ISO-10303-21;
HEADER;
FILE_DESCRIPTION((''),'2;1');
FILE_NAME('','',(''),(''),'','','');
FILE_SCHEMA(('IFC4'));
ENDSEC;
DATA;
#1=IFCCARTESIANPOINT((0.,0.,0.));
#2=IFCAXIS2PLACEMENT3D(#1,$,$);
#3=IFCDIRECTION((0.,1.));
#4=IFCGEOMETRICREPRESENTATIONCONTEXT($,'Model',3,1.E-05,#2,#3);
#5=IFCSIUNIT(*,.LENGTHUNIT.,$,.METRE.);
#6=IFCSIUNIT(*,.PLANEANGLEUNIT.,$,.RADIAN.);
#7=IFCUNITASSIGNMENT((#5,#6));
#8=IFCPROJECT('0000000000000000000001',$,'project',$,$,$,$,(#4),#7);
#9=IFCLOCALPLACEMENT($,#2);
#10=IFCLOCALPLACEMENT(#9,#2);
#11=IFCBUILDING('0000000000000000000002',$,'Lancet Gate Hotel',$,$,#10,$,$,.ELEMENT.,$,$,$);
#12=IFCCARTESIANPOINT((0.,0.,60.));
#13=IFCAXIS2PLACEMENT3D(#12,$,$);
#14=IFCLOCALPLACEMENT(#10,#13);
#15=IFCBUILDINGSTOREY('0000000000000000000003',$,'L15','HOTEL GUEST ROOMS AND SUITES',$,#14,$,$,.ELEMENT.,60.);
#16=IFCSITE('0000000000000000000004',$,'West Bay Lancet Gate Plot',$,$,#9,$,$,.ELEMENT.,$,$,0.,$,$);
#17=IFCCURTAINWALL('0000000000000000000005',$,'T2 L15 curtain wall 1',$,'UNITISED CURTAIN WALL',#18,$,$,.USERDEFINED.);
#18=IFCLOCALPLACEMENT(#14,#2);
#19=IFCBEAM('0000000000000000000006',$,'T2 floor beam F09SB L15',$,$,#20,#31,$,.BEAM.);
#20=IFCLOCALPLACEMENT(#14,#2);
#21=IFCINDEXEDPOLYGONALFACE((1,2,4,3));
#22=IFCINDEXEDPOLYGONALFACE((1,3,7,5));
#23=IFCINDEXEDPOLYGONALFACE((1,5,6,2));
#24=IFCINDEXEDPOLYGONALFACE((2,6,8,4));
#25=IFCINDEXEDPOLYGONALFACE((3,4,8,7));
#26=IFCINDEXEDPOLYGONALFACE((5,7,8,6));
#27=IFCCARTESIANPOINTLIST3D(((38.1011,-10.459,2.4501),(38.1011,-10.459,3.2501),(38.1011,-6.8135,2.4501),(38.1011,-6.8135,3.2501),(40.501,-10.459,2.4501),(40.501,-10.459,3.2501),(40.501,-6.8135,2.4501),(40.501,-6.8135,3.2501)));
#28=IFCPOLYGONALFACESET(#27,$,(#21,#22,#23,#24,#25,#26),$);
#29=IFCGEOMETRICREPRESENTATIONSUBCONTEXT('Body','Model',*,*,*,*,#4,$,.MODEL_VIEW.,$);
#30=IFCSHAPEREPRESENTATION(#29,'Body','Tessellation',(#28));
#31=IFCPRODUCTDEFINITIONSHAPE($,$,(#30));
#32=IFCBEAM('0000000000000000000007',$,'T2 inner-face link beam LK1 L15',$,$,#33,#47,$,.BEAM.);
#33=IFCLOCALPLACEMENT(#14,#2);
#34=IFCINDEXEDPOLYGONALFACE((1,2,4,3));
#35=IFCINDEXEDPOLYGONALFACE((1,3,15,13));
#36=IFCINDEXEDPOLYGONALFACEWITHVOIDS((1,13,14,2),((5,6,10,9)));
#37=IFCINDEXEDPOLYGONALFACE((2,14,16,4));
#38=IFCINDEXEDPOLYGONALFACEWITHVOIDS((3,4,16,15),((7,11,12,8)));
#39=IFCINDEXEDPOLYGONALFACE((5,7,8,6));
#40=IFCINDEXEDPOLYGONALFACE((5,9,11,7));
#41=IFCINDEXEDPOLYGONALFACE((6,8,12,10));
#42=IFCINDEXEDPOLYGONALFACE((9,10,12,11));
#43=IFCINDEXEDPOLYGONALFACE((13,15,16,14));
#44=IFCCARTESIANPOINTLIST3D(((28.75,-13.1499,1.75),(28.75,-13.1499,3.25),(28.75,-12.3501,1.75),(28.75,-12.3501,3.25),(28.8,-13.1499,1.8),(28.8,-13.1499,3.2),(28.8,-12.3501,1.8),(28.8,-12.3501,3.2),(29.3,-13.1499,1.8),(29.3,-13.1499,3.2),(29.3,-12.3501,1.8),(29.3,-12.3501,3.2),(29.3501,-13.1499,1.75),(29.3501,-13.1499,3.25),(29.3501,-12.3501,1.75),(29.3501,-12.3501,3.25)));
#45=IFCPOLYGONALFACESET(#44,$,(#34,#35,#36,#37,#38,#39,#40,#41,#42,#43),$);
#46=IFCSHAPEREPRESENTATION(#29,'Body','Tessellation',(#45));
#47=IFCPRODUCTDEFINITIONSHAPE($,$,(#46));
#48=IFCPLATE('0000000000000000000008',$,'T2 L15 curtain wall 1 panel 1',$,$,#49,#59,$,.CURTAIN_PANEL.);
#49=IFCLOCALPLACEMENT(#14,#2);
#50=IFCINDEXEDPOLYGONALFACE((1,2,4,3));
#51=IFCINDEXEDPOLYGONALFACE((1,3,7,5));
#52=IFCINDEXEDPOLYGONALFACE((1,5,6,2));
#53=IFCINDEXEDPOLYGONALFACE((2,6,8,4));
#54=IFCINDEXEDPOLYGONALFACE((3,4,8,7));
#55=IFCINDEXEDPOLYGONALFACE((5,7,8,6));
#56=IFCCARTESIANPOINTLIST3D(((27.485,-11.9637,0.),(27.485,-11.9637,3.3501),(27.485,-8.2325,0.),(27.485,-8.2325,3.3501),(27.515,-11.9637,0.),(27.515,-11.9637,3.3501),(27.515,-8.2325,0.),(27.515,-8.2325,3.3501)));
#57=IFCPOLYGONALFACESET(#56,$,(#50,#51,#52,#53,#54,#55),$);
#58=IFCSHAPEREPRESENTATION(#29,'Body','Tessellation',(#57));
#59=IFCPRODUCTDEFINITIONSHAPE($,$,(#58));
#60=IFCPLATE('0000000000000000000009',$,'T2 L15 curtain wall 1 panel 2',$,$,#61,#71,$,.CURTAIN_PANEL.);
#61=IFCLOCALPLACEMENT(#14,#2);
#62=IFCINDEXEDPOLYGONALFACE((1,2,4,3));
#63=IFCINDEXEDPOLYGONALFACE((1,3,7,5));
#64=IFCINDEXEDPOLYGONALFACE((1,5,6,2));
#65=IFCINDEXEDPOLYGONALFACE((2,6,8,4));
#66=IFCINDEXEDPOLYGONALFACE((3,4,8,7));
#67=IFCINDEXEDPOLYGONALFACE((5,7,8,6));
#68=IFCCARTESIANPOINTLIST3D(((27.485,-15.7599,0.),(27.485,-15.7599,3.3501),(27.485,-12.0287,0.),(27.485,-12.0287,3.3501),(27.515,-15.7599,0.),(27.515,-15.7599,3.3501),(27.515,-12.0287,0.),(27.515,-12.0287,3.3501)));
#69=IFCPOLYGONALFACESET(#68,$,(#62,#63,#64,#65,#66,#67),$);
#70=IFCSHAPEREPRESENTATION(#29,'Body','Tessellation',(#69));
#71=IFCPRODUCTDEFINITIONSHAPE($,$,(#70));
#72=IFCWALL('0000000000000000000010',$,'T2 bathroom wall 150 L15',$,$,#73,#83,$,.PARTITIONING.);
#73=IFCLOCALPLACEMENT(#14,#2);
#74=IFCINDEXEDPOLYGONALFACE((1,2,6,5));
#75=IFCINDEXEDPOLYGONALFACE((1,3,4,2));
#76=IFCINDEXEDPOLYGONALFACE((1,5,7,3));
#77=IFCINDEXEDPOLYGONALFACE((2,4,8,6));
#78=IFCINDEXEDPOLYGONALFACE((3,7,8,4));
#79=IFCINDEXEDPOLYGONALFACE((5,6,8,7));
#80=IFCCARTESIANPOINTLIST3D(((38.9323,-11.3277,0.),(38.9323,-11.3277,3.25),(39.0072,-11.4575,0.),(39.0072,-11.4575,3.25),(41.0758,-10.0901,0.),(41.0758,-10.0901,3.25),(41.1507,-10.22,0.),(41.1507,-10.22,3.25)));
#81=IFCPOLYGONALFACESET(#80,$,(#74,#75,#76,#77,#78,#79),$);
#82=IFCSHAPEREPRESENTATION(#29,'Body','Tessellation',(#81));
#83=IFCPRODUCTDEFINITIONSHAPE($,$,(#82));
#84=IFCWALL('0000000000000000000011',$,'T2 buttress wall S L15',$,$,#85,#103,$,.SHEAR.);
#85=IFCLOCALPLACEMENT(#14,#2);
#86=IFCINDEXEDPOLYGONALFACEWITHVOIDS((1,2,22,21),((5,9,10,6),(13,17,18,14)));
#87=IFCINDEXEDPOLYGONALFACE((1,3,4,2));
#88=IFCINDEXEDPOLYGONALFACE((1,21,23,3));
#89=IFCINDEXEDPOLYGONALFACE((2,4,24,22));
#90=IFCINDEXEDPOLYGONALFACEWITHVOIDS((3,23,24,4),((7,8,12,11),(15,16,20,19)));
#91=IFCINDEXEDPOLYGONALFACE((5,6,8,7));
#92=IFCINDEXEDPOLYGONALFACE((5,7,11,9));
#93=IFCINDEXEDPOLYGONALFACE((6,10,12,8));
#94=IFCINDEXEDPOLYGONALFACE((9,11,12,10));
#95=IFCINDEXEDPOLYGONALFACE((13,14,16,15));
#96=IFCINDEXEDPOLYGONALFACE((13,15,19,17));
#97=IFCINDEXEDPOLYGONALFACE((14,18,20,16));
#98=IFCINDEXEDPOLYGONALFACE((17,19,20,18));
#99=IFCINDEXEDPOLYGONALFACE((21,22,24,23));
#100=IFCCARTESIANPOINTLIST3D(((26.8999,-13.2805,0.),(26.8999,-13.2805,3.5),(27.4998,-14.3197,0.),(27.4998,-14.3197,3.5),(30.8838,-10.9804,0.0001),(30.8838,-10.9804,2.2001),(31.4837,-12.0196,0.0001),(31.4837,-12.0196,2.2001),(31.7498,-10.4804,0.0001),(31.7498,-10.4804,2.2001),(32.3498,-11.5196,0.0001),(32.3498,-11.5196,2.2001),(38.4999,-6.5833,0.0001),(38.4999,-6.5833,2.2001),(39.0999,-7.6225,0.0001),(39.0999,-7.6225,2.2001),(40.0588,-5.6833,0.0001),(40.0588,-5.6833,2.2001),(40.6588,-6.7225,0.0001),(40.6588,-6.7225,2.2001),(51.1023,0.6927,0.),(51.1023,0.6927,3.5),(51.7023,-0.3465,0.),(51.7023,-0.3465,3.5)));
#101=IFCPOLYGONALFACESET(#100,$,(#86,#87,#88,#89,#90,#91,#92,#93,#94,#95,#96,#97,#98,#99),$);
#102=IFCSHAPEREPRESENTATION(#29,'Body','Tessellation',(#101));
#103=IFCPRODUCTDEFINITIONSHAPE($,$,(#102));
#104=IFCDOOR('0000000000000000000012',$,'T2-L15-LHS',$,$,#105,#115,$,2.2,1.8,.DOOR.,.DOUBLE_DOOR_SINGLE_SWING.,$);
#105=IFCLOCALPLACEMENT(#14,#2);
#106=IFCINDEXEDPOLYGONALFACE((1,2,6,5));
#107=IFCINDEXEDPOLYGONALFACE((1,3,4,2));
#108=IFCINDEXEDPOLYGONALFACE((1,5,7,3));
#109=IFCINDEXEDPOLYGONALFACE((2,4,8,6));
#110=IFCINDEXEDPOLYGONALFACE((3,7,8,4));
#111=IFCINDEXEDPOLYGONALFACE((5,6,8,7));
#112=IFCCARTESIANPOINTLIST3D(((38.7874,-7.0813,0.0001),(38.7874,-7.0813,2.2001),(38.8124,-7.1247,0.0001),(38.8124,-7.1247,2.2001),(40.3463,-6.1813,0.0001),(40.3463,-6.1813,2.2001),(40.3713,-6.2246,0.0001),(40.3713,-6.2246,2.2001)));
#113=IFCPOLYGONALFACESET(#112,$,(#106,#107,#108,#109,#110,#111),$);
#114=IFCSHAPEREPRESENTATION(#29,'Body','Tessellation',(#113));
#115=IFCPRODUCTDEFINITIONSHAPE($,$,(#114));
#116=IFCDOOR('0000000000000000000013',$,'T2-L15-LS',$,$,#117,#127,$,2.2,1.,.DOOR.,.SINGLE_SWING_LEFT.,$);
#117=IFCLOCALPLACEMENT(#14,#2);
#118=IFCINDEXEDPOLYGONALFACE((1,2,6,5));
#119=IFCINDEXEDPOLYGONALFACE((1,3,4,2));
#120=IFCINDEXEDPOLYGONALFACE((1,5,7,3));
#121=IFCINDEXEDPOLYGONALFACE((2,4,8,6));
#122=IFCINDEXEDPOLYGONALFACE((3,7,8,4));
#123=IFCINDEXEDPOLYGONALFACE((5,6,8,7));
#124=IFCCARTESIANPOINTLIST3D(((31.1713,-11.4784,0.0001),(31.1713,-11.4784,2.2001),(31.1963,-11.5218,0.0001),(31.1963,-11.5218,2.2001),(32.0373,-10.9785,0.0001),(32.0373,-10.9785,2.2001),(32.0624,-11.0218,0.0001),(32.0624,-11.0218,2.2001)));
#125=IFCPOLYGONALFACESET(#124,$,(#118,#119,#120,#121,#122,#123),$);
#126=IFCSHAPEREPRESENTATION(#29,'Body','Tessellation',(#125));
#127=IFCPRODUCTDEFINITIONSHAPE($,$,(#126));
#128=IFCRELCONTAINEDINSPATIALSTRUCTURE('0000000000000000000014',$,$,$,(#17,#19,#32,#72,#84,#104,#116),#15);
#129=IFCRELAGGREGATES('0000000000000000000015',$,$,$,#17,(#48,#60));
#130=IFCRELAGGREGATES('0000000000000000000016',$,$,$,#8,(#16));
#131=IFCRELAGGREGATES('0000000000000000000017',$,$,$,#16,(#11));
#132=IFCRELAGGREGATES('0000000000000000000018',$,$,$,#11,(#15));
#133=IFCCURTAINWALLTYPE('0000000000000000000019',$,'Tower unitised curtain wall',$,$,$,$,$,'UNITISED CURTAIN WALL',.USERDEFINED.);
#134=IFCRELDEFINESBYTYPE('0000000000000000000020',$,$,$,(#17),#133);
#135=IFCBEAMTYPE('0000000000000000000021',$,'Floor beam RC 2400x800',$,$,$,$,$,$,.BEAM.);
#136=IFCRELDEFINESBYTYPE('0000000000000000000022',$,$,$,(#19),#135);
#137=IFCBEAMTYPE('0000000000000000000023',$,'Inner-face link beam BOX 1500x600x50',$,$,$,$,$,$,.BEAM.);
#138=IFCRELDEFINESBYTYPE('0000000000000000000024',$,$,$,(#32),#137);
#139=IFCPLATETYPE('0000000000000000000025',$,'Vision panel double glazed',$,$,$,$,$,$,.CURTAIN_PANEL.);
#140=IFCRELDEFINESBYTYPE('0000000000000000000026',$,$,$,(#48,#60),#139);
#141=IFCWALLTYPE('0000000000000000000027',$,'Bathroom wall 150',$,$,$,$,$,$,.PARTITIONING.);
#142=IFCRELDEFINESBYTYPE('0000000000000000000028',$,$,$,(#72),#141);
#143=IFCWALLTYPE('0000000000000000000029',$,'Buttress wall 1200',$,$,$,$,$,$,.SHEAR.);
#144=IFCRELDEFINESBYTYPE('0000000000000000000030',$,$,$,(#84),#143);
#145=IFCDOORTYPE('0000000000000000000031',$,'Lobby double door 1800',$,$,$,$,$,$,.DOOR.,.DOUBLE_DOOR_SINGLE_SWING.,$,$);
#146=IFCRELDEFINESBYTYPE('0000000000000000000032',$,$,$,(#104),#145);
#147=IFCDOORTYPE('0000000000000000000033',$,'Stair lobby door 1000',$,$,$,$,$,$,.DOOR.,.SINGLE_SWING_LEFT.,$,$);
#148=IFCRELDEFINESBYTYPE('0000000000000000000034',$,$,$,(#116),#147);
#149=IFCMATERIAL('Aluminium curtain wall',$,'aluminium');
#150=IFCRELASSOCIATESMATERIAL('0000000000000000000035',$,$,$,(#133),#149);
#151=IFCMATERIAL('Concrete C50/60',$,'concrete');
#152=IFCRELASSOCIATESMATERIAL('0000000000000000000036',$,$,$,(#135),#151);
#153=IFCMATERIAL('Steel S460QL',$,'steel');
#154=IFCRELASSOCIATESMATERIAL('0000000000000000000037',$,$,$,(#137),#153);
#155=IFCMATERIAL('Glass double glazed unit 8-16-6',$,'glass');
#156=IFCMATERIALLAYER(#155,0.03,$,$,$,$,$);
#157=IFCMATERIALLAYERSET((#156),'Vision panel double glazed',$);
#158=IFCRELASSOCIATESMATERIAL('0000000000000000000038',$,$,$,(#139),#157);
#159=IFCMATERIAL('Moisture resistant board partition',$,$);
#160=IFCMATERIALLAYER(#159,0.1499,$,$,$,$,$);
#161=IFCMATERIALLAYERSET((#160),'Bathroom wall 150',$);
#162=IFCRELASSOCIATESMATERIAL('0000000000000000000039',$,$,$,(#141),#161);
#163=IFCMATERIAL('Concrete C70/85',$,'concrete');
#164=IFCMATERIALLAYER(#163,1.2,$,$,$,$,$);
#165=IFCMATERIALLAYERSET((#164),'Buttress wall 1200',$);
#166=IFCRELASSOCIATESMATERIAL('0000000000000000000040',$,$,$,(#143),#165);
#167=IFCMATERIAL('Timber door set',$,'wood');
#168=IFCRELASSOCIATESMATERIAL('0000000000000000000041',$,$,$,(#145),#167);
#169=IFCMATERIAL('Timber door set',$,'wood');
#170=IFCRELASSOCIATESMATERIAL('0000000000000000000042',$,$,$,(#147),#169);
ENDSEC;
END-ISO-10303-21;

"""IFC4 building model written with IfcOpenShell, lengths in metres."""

from ifc_helpers import new_model, si_unit, direction, frame, frame_2d, origin, origin_2d, place, context, subcontext, project, spatial, rectangle, hollow_rectangle, extrude, material, layer, layer_set, material_profile, profile_set, type_object, element, fill, aggregate, save


model = new_model("IFC4")

# Units and contexts
model_context = context("Model", 3, precision=1e-05, world=origin(), true_north=direction((0.0, 1.0)))
body_context = subcontext(model_context, "Body", "Model", "MODEL_VIEW")
ifc_project = project(units=[si_unit("LENGTHUNIT", "METRE"), si_unit("PLANEANGLEUNIT", "RADIAN")], contexts=[model_context])

# Site, building, storey
site_placement = place(None, origin())
site = spatial("IfcSite", under=ifc_project, at=site_placement, Name="West Bay Lancet Gate Plot", CompositionType="ELEMENT", RefElevation=0.0)
building_placement = place(site_placement, origin())
building = spatial("IfcBuilding", under=site, at=building_placement, Name="Lancet Gate Hotel", CompositionType="ELEMENT")
storey_placement = place(building_placement, frame((0.0, 0.0, 60.0)))
storey = spatial("IfcBuildingStorey", under=building, at=storey_placement, Name="L15", Description="HOTEL GUEST ROOMS AND SUITES", CompositionType="ELEMENT", Elevation=60.0)

# Curtain wall
ifc_material_1 = material(Name="Aluminium curtain wall", Category="aluminium")
curtain_wall_type = type_object("IfcCurtainWallType", Name="Tower unitised curtain wall", ElementType="UNITISED CURTAIN WALL", PredefinedType="USERDEFINED", material=ifc_material_1)
curtain_wall_placement = place(storey_placement, origin())
curtain_wall = element("IfcCurtainWall", 1, at=curtain_wall_placement, inside=storey, type_object=curtain_wall_type, Name="T2 L15 curtain wall 1", ObjectType="UNITISED CURTAIN WALL", PredefinedType="USERDEFINED")

# Beams
ifc_material_2 = material(Name="Concrete C50/60", Category="concrete")
ifc_material_profile_1 = material_profile(ifc_material_2, rectangle(XDim=2.3999, YDim=0.8, at=origin_2d()), Name="RC 2400x800")
ifc_profile_set_1 = profile_set([ifc_material_profile_1], Name="Concrete C50/60")
beam_type_1 = type_object("IfcBeamType", Name="Floor beam RC 2400x800", PredefinedType="BEAM", material=ifc_profile_set_1)
beam_1_placement = place(storey_placement, frame((39.301, -10.459, 2.8501), z_axis=(0.0, 1.0, 0.0), x_axis=(-1.0, 0.0, 0.0)))
element("IfcBeam", 2, at=beam_1_placement, inside=storey, type_object=beam_type_1, Name="T2 floor beam F09SB L15", PredefinedType="BEAM", context=body_context, shape_type="SweptSolid", body=[
    extrude(rectangle(XDim=2.3999, YDim=0.8, at=origin_2d()), origin(), (0.0, 0.0, 1.0), 3.6455),
])
ifc_material_3 = material(Name="Steel S460QL", Category="steel")
ifc_material_profile_2 = material_profile(ifc_material_3, hollow_rectangle(XDim=0.6001, YDim=1.5, WallThickness=0.05, at=origin_2d()), Name="BOX 1500x600x50")
ifc_profile_set_2 = profile_set([ifc_material_profile_2], Name="Steel S460QL")
beam_type_2 = type_object("IfcBeamType", Name="Inner-face link beam BOX 1500x600x50", PredefinedType="BEAM", material=ifc_profile_set_2)
beam_2_placement = place(storey_placement, frame((29.05, -13.1499, 2.5), z_axis=(0.0, 1.0, 0.0), x_axis=(-1.0, 0.0, 0.0)))
element("IfcBeam", 3, at=beam_2_placement, inside=storey, type_object=beam_type_2, Name="T2 inner-face link beam LK1 L15", PredefinedType="BEAM", context=body_context, shape_type="SweptSolid", body=[
    extrude(hollow_rectangle(XDim=0.6001, YDim=1.5, WallThickness=0.05, at=origin_2d()), origin(), (0.0, 0.0, 1.0), 0.7998),
])

# Plates
ifc_material_4 = material(Name="Glass double glazed unit 8-16-6", Category="glass")
ifc_layer_1 = layer(ifc_material_4, 0.03)
ifc_layer_set_1 = layer_set([ifc_layer_1], Name="Vision panel double glazed")
plate_type = type_object("IfcPlateType", Name="Vision panel double glazed", PredefinedType="CURTAIN_PANEL", material=ifc_layer_set_1)
plate_1_placement = place(storey_placement, frame((27.5, -10.0981, 0.0), z_axis=(0.0, 0.0, 1.0), x_axis=(0.0, -1.0, 0.0)))
plate_1 = element("IfcPlate", 4, at=plate_1_placement, type_object=plate_type, Name="T2 L15 curtain wall 1 panel 1", PredefinedType="CURTAIN_PANEL", context=body_context, shape_type="SweptSolid", body=[
    extrude(rectangle(XDim=3.7312, YDim=0.03, at=origin_2d()), origin(), (0.0, 0.0, 1.0), 3.3501),
])
plate_2_placement = place(storey_placement, frame((27.5, -13.8943, 0.0), z_axis=(0.0, 0.0, 1.0), x_axis=(0.0, -1.0, 0.0)))
plate_2 = element("IfcPlate", 5, at=plate_2_placement, type_object=plate_type, Name="T2 L15 curtain wall 1 panel 2", PredefinedType="CURTAIN_PANEL", context=body_context, shape_type="SweptSolid", body=[
    extrude(rectangle(XDim=3.7312, YDim=0.03, at=origin_2d()), origin(), (0.0, 0.0, 1.0), 3.3501),
])
aggregate(curtain_wall, [plate_1, plate_2])

# Wall
ifc_material_5 = material(Name="Moisture resistant board partition")
ifc_layer_2 = layer(ifc_material_5, 0.1499)
ifc_layer_set_2 = layer_set([ifc_layer_2], Name="Bathroom wall 150")
wall_type_1 = type_object("IfcWallType", Name="Bathroom wall 150", PredefinedType="PARTITIONING", material=ifc_layer_set_2)
wall_1_placement = place(storey_placement, frame((38.9697, -11.3926, 0.0), z_axis=(0.0, 0.0, 1.0), x_axis=(0.866031, 0.49999, 0.0)))
element("IfcWall", 6, at=wall_1_placement, inside=storey, type_object=wall_type_1, Name="T2 bathroom wall 150 L15", PredefinedType="PARTITIONING", context=body_context, shape_type="SweptSolid", body=[
    extrude(rectangle(XDim=2.4751, YDim=0.1499, at=frame_2d((1.2375, 0.0))), origin(), (0.0, 0.0, 1.0), 3.25),
])

# Wall, openings, doors
ifc_material_6 = material(Name="Concrete C70/85", Category="concrete")
ifc_layer_3 = layer(ifc_material_6, 1.2)
ifc_layer_set_3 = layer_set([ifc_layer_3], Name="Buttress wall 1200")
wall_type_2 = type_object("IfcWallType", Name="Buttress wall 1200", PredefinedType="SHEAR", material=ifc_layer_set_3)
wall_2_placement = place(storey_placement, frame((27.2, -13.8, 0.0), z_axis=(0.0, 0.0, 1.0), x_axis=(0.866027, 0.499997, 0.0)))
wall_2 = element("IfcWall", 7, at=wall_2_placement, inside=storey, type_object=wall_type_2, Name="T2 buttress wall S L15", PredefinedType="SHEAR", context=body_context, shape_type="SweptSolid", body=[
    extrude(rectangle(XDim=27.9465, YDim=1.2, at=frame_2d((13.9731, 0.0))), origin(), (0.0, 0.0, 1.0), 3.5),
])
opening_1_placement = place(wall_2_placement, frame((4.6001, 0.0, 0.0)))
opening_1 = element("IfcOpeningElement", 8, at=opening_1_placement, cuts=wall_2, PredefinedType="OPENING", context=body_context, shape_type="SweptSolid", body=[
    extrude(rectangle(XDim=1.0, YDim=2.2, at=frame_2d((0.5, 1.1001))), frame((0.0, 0.6099, 0.0), z_axis=(0.0, -1.0, 0.0), x_axis=(1.0, 0.0, 0.0)), (0.0, 0.0, 1.0), 1.22),
])
opening_2_placement = place(wall_2_placement, frame((13.3945, 0.0, 0.0)))
opening_2 = element("IfcOpeningElement", 9, at=opening_2_placement, cuts=wall_2, PredefinedType="OPENING", context=body_context, shape_type="SweptSolid", body=[
    extrude(rectangle(XDim=1.8, YDim=2.2, at=frame_2d((0.8999, 1.1001))), frame((0.0, 0.6099, 0.0), z_axis=(0.0, -1.0, 0.0), x_axis=(1.0, 0.0, 0.0)), (0.0, 0.0, 1.0), 1.22),
])
ifc_material_7 = material(Name="Timber door set", Category="wood")
door_type_1 = type_object("IfcDoorType", Name="Lobby double door 1800", OperationType="DOUBLE_DOOR_SINGLE_SWING", PredefinedType="DOOR", material=ifc_material_7)
door_1_placement = place(opening_2_placement, origin())
door_1 = element("IfcDoor", 10, at=door_1_placement, inside=storey, type_object=door_type_1, Name="T2-L15-LHS", OperationType="DOUBLE_DOOR_SINGLE_SWING", OverallHeight=2.2, OverallWidth=1.8, PredefinedType="DOOR", context=body_context, shape_type="SweptSolid", body=[
    extrude(rectangle(XDim=1.8, YDim=2.2, at=frame_2d((0.8999, 1.1001))), frame((0.0, 0.0249, 0.0), z_axis=(0.0, -1.0, 0.0), x_axis=(1.0, 0.0, 0.0)), (0.0, 0.0, 1.0), 0.05),
])
fill(opening_2, door_1)
ifc_material_8 = material(Name="Timber door set", Category="wood")
door_type_2 = type_object("IfcDoorType", Name="Stair lobby door 1000", OperationType="SINGLE_SWING_LEFT", PredefinedType="DOOR", material=ifc_material_8)
door_2_placement = place(opening_1_placement, origin())
door_2 = element("IfcDoor", 11, at=door_2_placement, inside=storey, type_object=door_type_2, Name="T2-L15-LS", OperationType="SINGLE_SWING_LEFT", OverallHeight=2.2, OverallWidth=1.0, PredefinedType="DOOR", context=body_context, shape_type="SweptSolid", body=[
    extrude(rectangle(XDim=1.0, YDim=2.2, at=frame_2d((0.5, 1.1001))), frame((0.0, 0.0249, 0.0), z_axis=(0.0, -1.0, 0.0), x_axis=(1.0, 0.0, 0.0)), (0.0, 0.0, 1.0), 0.05),
])
fill(opening_1, door_2)

save(model, "model.ifc")
